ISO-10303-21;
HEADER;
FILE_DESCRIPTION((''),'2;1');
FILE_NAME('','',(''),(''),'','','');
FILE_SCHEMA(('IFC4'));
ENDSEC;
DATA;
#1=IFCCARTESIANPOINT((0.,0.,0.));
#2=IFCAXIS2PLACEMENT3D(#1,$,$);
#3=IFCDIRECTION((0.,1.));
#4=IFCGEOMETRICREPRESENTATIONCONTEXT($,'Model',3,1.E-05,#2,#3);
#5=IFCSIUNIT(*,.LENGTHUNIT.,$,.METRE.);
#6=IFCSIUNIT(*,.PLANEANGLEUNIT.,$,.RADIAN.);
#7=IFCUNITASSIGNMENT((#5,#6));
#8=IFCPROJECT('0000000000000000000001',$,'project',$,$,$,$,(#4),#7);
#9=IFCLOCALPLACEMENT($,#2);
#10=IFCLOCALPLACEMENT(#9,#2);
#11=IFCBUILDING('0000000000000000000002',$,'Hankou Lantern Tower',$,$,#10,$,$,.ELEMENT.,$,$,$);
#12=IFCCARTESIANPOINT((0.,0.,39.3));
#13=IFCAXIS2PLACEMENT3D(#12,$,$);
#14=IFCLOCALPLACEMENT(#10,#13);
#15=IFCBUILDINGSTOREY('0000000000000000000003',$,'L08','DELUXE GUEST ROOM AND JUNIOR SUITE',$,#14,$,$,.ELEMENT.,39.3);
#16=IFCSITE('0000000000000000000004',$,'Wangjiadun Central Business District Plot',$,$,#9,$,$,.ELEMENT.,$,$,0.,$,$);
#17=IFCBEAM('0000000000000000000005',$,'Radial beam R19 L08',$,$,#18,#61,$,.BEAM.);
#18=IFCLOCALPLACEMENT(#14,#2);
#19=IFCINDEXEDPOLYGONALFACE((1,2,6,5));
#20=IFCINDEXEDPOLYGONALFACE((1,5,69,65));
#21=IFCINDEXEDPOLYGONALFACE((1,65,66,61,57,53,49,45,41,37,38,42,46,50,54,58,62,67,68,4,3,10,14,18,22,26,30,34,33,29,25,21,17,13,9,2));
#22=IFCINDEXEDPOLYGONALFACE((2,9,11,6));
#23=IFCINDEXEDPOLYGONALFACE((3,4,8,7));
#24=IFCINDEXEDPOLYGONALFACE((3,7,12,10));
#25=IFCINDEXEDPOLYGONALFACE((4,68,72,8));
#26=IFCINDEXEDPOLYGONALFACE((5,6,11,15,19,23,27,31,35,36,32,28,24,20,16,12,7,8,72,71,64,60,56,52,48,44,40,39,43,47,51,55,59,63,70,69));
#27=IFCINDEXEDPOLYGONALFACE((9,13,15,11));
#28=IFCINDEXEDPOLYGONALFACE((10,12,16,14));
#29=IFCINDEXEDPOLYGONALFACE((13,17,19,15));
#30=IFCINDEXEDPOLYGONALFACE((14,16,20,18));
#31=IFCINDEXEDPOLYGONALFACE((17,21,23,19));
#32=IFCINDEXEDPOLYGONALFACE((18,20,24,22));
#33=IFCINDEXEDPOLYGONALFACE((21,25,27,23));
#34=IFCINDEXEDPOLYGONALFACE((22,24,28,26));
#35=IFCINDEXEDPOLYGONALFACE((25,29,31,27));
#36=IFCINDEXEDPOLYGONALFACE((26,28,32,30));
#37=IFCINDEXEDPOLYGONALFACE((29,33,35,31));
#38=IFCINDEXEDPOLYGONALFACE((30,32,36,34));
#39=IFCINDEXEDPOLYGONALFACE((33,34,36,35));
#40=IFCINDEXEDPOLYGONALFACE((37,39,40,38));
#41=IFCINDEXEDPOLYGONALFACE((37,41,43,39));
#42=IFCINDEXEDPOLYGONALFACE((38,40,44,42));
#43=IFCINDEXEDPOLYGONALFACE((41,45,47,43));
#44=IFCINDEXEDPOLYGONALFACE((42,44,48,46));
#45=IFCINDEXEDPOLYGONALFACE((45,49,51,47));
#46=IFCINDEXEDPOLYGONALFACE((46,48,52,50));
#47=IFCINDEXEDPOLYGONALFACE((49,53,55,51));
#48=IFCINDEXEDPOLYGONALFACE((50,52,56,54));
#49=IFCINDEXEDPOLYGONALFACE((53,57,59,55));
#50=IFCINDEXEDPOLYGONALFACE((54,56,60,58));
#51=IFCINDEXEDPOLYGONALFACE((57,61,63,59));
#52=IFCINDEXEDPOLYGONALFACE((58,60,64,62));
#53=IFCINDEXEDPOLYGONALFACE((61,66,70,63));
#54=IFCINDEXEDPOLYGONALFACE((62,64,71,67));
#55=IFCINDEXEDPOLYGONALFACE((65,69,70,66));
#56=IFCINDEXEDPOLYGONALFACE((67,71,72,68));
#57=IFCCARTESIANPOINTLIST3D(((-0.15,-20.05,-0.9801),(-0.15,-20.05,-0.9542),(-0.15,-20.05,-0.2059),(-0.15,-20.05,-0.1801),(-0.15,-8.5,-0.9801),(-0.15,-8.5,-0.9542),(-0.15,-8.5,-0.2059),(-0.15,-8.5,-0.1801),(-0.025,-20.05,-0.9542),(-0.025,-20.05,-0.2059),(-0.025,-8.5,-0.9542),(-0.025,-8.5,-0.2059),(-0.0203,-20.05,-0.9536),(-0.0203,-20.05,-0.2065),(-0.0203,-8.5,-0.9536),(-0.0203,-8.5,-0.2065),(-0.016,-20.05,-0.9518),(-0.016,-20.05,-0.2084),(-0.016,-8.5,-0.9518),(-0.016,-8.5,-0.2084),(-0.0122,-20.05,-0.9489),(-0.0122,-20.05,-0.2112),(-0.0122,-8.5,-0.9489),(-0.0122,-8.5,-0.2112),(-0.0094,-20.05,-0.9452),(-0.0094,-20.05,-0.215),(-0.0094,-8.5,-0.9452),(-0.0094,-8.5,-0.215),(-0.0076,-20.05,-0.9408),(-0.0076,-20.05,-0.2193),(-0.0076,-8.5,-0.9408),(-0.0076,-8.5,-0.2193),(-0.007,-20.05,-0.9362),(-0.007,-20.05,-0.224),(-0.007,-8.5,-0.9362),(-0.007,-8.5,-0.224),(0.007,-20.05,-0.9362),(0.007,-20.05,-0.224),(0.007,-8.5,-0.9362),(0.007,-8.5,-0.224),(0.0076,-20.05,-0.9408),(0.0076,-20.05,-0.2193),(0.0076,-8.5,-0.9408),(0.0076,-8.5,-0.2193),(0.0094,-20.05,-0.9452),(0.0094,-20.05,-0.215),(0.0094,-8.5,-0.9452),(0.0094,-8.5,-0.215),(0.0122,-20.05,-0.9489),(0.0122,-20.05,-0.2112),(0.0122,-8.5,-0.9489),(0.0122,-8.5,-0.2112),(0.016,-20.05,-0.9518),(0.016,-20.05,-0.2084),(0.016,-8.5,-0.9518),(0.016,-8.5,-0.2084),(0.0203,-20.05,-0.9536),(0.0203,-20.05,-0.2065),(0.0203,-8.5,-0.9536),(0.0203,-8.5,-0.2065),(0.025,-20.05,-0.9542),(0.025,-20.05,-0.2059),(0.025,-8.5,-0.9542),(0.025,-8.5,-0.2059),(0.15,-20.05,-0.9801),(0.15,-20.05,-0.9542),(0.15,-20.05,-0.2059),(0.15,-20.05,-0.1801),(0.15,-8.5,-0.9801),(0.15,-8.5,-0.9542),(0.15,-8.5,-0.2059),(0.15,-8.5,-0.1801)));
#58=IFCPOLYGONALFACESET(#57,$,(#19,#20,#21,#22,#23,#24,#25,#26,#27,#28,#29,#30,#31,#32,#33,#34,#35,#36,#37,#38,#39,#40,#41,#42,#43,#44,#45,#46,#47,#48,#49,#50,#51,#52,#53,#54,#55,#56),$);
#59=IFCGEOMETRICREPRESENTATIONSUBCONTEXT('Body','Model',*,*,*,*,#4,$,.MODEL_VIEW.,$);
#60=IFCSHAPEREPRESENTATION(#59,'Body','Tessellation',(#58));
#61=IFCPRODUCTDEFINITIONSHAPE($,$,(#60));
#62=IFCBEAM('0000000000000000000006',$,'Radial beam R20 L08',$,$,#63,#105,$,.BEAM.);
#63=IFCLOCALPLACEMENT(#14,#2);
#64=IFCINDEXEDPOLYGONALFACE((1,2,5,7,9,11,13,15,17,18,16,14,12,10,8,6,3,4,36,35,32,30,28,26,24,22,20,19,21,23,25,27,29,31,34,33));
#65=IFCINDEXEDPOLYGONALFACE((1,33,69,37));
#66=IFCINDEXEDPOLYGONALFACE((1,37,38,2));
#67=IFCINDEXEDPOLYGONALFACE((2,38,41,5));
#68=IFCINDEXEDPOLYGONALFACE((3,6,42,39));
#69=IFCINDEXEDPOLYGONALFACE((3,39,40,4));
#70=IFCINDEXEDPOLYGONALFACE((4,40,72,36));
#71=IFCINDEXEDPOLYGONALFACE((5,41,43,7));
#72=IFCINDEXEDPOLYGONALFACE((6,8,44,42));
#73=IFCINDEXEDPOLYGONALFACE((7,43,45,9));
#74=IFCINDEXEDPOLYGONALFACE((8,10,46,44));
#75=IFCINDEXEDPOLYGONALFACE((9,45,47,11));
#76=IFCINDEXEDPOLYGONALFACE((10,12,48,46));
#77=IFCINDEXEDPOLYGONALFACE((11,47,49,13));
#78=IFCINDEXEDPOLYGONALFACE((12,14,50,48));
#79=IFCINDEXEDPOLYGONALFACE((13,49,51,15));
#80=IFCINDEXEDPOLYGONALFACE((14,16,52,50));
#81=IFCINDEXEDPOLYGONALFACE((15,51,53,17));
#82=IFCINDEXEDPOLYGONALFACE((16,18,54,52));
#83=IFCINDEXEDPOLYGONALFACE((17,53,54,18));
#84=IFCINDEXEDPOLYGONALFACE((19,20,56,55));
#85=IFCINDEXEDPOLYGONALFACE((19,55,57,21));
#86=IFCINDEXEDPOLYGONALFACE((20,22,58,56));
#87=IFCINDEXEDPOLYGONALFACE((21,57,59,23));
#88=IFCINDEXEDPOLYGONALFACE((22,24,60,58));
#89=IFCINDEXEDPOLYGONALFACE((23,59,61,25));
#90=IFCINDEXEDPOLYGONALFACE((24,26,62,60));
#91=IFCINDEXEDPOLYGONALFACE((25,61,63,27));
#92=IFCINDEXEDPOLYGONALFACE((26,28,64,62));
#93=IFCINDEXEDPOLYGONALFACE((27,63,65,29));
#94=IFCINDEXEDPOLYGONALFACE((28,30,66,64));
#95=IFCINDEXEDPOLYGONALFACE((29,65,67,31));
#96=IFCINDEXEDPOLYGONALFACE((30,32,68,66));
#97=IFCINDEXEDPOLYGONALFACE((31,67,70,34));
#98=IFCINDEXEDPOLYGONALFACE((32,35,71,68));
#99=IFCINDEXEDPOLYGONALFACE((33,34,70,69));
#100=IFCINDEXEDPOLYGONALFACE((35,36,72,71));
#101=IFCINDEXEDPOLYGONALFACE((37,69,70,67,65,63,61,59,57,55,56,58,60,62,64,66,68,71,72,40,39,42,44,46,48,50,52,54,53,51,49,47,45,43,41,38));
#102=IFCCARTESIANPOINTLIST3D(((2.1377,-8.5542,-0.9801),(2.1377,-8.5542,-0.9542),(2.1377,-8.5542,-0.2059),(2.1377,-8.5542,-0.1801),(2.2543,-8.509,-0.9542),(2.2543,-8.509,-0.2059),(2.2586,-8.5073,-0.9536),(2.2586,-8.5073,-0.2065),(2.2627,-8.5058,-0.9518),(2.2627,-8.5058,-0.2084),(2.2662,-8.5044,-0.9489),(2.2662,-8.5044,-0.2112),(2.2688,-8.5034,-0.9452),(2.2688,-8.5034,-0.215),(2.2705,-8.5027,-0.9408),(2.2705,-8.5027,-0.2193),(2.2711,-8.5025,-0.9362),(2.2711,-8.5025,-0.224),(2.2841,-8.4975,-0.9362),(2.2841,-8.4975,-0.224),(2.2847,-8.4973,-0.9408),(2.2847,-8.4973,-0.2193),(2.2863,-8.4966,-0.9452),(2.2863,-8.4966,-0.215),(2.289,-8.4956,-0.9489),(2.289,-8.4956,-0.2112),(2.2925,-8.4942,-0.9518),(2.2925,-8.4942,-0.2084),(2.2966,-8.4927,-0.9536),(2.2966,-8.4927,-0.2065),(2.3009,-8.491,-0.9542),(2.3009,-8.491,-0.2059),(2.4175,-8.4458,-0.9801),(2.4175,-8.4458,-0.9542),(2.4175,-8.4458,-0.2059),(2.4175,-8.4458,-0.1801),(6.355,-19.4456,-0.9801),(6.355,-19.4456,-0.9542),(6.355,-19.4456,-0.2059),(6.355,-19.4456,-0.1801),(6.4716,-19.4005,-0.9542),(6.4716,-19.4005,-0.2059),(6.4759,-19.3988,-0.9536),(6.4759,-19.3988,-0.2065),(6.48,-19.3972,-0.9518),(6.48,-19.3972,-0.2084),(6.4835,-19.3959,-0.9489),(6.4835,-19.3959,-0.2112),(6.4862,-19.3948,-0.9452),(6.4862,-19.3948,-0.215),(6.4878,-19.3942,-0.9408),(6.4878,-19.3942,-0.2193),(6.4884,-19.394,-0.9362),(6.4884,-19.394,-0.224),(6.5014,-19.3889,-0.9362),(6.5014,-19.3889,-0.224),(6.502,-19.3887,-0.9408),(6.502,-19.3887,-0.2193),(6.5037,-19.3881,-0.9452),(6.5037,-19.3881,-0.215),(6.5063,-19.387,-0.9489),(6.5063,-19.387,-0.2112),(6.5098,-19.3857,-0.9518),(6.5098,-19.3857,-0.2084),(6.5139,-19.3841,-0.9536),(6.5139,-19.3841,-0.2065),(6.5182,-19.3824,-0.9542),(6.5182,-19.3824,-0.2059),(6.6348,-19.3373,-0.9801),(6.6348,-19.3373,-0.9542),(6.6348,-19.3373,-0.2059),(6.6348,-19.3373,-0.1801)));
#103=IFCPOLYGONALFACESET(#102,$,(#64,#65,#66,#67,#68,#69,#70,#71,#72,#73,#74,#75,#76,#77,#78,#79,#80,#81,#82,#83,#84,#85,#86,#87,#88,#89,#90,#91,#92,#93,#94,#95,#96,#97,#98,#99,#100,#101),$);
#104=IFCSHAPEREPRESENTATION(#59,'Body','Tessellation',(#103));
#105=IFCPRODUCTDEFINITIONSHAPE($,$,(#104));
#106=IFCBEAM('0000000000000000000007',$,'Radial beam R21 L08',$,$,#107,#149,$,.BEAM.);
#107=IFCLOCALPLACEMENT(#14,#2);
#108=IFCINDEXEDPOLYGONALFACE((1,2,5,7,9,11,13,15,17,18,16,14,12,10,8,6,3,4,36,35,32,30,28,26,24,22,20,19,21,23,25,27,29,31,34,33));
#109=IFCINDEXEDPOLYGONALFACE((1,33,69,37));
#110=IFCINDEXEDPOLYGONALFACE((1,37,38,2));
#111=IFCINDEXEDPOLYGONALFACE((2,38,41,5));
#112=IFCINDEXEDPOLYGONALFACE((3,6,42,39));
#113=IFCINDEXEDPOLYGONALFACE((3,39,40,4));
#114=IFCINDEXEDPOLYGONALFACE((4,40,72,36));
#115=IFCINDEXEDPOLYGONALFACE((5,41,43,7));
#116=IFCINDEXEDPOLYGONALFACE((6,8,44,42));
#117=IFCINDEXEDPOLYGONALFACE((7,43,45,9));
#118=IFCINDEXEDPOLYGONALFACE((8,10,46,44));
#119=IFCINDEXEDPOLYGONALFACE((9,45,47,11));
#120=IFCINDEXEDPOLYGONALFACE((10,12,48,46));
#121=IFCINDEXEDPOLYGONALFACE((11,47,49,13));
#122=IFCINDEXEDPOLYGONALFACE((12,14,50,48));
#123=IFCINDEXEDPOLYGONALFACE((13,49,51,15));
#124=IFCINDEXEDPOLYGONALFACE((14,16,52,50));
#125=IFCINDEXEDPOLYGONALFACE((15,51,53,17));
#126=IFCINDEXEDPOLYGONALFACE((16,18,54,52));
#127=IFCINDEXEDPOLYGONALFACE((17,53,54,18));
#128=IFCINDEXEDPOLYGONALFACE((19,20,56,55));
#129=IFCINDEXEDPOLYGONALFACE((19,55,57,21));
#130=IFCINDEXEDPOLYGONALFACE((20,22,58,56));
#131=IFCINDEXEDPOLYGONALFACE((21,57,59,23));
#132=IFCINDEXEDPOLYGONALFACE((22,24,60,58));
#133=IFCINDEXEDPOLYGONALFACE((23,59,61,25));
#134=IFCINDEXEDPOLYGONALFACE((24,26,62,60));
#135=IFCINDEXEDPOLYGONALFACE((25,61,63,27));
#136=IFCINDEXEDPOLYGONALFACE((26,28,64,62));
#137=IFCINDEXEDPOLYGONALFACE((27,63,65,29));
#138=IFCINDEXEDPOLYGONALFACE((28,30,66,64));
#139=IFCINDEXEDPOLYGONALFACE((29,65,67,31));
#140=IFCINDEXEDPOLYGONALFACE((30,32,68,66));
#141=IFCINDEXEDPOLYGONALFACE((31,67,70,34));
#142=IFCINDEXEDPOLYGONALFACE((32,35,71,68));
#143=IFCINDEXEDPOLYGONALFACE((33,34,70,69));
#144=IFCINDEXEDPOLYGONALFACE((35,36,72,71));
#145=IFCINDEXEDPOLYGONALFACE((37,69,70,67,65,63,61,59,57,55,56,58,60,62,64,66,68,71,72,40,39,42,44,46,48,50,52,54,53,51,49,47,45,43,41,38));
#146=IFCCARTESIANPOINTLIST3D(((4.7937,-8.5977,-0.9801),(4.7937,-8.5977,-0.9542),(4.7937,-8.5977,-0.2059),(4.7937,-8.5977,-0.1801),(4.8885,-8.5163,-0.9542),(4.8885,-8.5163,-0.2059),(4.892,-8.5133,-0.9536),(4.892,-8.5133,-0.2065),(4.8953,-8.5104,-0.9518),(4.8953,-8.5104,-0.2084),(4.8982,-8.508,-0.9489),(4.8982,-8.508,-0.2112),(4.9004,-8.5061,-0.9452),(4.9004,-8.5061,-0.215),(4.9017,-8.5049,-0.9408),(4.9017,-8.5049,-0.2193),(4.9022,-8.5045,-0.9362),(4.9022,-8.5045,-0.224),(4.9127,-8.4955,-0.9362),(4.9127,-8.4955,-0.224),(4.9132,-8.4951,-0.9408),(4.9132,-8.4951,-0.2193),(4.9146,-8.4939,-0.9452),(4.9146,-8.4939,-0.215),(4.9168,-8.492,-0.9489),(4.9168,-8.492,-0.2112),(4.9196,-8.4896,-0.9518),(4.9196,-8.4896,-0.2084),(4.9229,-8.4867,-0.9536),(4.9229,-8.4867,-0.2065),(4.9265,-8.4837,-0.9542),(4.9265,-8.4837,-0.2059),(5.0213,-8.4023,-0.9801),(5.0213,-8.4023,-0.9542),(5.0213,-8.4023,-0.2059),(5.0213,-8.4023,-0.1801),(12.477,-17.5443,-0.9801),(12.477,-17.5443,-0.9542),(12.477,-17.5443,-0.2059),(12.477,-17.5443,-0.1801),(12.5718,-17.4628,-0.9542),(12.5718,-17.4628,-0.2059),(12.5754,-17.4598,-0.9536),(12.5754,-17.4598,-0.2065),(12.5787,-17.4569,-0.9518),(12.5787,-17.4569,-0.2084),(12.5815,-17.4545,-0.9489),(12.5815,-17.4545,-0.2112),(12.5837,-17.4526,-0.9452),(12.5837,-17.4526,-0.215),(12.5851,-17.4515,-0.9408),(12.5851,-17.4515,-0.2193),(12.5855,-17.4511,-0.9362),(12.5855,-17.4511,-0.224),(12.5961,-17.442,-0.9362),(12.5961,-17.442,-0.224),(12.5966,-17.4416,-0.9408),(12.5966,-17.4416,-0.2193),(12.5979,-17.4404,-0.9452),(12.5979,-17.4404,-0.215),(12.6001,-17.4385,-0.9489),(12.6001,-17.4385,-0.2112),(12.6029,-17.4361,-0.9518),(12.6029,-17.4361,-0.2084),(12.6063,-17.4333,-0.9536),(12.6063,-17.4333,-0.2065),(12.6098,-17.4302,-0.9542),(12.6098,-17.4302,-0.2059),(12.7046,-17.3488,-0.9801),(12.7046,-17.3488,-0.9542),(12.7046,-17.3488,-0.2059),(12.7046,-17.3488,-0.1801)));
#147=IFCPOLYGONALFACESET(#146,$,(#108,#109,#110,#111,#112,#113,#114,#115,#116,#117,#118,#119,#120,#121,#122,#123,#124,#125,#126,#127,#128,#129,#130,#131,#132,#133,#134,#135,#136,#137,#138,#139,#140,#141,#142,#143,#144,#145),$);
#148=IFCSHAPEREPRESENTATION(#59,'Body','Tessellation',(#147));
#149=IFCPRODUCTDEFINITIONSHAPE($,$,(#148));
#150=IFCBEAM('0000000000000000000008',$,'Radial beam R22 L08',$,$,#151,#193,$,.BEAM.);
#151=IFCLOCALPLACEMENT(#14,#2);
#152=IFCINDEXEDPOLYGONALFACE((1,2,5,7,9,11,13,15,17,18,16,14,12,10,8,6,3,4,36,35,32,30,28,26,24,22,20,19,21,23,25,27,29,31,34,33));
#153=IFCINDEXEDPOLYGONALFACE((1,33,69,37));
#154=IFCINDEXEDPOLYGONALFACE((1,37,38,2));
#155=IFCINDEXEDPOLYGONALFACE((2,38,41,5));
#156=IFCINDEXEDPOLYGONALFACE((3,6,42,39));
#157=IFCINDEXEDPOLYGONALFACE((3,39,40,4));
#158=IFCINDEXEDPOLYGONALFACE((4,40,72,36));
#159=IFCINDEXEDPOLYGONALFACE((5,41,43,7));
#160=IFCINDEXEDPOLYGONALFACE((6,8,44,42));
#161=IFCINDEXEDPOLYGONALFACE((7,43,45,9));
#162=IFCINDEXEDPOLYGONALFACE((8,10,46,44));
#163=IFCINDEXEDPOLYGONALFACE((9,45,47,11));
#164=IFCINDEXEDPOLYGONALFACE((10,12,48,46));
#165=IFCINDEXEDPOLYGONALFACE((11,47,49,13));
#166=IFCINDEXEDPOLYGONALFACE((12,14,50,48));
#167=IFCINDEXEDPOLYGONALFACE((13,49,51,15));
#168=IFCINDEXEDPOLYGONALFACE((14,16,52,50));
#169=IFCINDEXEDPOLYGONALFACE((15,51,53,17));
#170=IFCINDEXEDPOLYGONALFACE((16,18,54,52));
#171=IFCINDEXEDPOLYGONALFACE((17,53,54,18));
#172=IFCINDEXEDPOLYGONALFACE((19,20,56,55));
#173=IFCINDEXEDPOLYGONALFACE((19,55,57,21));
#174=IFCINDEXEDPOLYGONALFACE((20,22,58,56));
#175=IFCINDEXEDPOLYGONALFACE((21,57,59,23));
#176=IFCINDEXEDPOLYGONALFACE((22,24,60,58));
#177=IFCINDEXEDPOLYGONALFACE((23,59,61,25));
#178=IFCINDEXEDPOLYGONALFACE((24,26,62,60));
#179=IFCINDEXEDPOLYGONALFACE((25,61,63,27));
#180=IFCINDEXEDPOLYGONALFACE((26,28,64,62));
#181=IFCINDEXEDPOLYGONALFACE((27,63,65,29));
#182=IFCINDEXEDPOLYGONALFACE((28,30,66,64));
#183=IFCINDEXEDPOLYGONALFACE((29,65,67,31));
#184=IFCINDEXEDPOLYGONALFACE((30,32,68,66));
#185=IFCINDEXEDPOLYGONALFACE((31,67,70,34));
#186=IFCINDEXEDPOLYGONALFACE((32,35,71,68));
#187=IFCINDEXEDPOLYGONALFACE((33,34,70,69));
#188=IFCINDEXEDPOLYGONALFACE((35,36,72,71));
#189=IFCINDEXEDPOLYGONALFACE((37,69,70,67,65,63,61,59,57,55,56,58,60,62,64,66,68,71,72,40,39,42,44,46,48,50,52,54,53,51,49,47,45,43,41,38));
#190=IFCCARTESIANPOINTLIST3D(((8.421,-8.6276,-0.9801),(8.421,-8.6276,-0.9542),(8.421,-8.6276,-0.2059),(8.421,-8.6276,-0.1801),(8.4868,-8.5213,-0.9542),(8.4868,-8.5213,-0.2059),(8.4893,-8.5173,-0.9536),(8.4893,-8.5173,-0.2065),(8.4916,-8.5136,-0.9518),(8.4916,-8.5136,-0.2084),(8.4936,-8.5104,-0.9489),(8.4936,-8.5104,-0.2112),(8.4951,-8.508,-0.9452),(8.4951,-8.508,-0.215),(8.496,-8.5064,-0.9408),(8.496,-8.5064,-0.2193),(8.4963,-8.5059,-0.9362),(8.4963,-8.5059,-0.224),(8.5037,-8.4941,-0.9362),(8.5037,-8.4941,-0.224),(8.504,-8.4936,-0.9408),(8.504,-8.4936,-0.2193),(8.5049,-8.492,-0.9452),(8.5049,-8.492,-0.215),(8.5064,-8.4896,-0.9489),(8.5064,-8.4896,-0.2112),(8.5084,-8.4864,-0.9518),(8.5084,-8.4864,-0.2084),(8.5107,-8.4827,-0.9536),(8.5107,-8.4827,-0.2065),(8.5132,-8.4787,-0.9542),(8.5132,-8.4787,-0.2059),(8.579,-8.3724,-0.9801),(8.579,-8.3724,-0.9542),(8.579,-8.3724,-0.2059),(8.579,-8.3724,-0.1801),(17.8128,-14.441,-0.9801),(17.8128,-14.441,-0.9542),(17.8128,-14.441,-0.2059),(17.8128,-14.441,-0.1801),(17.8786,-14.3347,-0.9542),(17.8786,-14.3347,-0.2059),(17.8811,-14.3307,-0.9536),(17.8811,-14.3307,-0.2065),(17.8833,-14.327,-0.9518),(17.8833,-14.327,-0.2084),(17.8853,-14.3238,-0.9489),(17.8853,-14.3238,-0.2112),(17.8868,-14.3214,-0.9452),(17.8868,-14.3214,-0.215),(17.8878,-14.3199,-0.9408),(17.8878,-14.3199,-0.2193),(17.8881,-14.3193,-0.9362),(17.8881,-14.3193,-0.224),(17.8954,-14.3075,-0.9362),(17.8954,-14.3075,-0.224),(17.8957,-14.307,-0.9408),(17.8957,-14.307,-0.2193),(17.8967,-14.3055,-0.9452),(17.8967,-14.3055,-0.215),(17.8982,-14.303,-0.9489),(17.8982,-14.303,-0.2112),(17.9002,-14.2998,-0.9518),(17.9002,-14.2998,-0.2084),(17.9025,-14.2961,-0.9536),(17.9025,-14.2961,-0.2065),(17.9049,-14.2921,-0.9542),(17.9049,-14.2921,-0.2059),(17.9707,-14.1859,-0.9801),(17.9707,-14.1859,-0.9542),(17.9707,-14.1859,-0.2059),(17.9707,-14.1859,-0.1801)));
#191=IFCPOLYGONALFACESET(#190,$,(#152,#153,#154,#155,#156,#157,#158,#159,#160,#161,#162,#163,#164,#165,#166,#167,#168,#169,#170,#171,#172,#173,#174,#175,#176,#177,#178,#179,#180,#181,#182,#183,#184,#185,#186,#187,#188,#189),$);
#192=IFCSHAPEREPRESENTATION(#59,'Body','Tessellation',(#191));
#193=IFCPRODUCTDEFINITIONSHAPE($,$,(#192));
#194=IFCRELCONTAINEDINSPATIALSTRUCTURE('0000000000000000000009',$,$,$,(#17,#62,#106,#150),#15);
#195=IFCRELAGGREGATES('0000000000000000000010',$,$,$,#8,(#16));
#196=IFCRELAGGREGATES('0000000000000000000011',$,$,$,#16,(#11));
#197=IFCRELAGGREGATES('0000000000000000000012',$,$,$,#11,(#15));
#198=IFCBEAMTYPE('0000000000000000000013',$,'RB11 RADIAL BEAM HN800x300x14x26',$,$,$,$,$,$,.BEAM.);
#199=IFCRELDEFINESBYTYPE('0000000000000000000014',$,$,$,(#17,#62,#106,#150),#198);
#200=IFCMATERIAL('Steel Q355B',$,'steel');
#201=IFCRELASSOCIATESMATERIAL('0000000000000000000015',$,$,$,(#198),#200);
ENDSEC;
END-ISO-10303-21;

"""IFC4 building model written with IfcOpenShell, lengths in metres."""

from ifc_helpers import new_model, si_unit, direction, frame, origin, origin_2d, place, context, subcontext, project, spatial, i_section, extrude, material, material_profile, profile_set, type_object, element, save


model = new_model("IFC4")

# Units and contexts
model_context = context("Model", 3, precision=1e-05, world=origin(), true_north=direction((0.0, 1.0)))
body_context = subcontext(model_context, "Body", "Model", "MODEL_VIEW")
ifc_project = project(units=[si_unit("LENGTHUNIT", "METRE"), si_unit("PLANEANGLEUNIT", "RADIAN")], contexts=[model_context])

# Site, building, storey
site_placement = place(None, origin())
site = spatial("IfcSite", under=ifc_project, at=site_placement, Name="Wangjiadun Central Business District Plot", CompositionType="ELEMENT", RefElevation=0.0)
building_placement = place(site_placement, origin())
building = spatial("IfcBuilding", under=site, at=building_placement, Name="Hankou Lantern Tower", CompositionType="ELEMENT")
storey_placement = place(building_placement, frame((0.0, 0.0, 39.3)))
storey = spatial("IfcBuildingStorey", under=building, at=storey_placement, Name="L08", Description="DELUXE GUEST ROOM AND JUNIOR SUITE", CompositionType="ELEMENT", Elevation=39.3)

# Beams
ifc_material_1 = material(Name="Steel Q355B", Category="steel")
ifc_material_profile_1 = material_profile(ifc_material_1, i_section(OverallWidth=0.3, OverallDepth=0.8, WebThickness=0.0139, FlangeThickness=0.0259, FilletRadius=0.0181, at=origin_2d()), Name="HN800x300x14x26")
ifc_profile_set_1 = profile_set([ifc_material_profile_1], Name="Steel Q355B")
beam_type_1 = type_object("IfcBeamType", Name="RB11 RADIAL BEAM HN800x300x14x26", PredefinedType="BEAM", material=ifc_profile_set_1)
beam_1_placement = place(storey_placement, frame((0.0, -8.5, -0.5801), z_axis=(0.0, -1.0, 0.0), x_axis=(1.0, 0.0, 0.0)))
element("IfcBeam", 1, at=beam_1_placement, inside=storey, type_object=beam_type_1, Name="Radial beam R19 L08", PredefinedType="BEAM", context=body_context, shape_type="SweptSolid", body=[
    extrude(i_section(OverallWidth=0.3, OverallDepth=0.8, WebThickness=0.0139, FlangeThickness=0.0259, FilletRadius=0.0181, at=origin_2d()), origin(), (0.0, 0.0, 1.0), 11.55),
])
beam_2_placement = place(storey_placement, frame((2.2776, -8.5, -0.5801), z_axis=(0.361089, -0.932531, 0.0), x_axis=(0.932531, 0.361089, 0.0)))
element("IfcBeam", 2, at=beam_2_placement, inside=storey, type_object=beam_type_1, Name="Radial beam R20 L08", PredefinedType="BEAM", context=body_context, shape_type="SweptSolid", body=[
    extrude(i_section(OverallWidth=0.3, OverallDepth=0.8, WebThickness=0.0139, FlangeThickness=0.0259, FilletRadius=0.0181, at=origin_2d()), origin(), (0.0, 0.0, 1.0), 11.6794),
])
beam_3_placement = place(storey_placement, frame((4.9075, -8.5, -0.5801), z_axis=(0.651519, -0.758632, 0.0), x_axis=(0.758632, 0.651519, 0.0)))
element("IfcBeam", 3, at=beam_3_placement, inside=storey, type_object=beam_type_1, Name="Radial beam R21 L08", PredefinedType="BEAM", context=body_context, shape_type="SweptSolid", body=[
    extrude(i_section(OverallWidth=0.3, OverallDepth=0.8, WebThickness=0.0139, FlangeThickness=0.0259, FilletRadius=0.0181, at=origin_2d()), origin(), (0.0, 0.0, 1.0), 11.793),
])
beam_4_placement = place(storey_placement, frame((8.5, -8.5, -0.5801), z_axis=(0.850286, -0.52632, 0.0), x_axis=(0.52632, 0.850286, 0.0)))
element("IfcBeam", 4, at=beam_4_placement, inside=storey, type_object=beam_type_1, Name="Radial beam R22 L08", PredefinedType="BEAM", context=body_context, shape_type="SweptSolid", body=[
    extrude(i_section(OverallWidth=0.3, OverallDepth=0.8, WebThickness=0.0139, FlangeThickness=0.0259, FilletRadius=0.0181, at=origin_2d()), origin(), (0.0, 0.0, 1.0), 11.0454),
])

save(model, "model.ifc")
